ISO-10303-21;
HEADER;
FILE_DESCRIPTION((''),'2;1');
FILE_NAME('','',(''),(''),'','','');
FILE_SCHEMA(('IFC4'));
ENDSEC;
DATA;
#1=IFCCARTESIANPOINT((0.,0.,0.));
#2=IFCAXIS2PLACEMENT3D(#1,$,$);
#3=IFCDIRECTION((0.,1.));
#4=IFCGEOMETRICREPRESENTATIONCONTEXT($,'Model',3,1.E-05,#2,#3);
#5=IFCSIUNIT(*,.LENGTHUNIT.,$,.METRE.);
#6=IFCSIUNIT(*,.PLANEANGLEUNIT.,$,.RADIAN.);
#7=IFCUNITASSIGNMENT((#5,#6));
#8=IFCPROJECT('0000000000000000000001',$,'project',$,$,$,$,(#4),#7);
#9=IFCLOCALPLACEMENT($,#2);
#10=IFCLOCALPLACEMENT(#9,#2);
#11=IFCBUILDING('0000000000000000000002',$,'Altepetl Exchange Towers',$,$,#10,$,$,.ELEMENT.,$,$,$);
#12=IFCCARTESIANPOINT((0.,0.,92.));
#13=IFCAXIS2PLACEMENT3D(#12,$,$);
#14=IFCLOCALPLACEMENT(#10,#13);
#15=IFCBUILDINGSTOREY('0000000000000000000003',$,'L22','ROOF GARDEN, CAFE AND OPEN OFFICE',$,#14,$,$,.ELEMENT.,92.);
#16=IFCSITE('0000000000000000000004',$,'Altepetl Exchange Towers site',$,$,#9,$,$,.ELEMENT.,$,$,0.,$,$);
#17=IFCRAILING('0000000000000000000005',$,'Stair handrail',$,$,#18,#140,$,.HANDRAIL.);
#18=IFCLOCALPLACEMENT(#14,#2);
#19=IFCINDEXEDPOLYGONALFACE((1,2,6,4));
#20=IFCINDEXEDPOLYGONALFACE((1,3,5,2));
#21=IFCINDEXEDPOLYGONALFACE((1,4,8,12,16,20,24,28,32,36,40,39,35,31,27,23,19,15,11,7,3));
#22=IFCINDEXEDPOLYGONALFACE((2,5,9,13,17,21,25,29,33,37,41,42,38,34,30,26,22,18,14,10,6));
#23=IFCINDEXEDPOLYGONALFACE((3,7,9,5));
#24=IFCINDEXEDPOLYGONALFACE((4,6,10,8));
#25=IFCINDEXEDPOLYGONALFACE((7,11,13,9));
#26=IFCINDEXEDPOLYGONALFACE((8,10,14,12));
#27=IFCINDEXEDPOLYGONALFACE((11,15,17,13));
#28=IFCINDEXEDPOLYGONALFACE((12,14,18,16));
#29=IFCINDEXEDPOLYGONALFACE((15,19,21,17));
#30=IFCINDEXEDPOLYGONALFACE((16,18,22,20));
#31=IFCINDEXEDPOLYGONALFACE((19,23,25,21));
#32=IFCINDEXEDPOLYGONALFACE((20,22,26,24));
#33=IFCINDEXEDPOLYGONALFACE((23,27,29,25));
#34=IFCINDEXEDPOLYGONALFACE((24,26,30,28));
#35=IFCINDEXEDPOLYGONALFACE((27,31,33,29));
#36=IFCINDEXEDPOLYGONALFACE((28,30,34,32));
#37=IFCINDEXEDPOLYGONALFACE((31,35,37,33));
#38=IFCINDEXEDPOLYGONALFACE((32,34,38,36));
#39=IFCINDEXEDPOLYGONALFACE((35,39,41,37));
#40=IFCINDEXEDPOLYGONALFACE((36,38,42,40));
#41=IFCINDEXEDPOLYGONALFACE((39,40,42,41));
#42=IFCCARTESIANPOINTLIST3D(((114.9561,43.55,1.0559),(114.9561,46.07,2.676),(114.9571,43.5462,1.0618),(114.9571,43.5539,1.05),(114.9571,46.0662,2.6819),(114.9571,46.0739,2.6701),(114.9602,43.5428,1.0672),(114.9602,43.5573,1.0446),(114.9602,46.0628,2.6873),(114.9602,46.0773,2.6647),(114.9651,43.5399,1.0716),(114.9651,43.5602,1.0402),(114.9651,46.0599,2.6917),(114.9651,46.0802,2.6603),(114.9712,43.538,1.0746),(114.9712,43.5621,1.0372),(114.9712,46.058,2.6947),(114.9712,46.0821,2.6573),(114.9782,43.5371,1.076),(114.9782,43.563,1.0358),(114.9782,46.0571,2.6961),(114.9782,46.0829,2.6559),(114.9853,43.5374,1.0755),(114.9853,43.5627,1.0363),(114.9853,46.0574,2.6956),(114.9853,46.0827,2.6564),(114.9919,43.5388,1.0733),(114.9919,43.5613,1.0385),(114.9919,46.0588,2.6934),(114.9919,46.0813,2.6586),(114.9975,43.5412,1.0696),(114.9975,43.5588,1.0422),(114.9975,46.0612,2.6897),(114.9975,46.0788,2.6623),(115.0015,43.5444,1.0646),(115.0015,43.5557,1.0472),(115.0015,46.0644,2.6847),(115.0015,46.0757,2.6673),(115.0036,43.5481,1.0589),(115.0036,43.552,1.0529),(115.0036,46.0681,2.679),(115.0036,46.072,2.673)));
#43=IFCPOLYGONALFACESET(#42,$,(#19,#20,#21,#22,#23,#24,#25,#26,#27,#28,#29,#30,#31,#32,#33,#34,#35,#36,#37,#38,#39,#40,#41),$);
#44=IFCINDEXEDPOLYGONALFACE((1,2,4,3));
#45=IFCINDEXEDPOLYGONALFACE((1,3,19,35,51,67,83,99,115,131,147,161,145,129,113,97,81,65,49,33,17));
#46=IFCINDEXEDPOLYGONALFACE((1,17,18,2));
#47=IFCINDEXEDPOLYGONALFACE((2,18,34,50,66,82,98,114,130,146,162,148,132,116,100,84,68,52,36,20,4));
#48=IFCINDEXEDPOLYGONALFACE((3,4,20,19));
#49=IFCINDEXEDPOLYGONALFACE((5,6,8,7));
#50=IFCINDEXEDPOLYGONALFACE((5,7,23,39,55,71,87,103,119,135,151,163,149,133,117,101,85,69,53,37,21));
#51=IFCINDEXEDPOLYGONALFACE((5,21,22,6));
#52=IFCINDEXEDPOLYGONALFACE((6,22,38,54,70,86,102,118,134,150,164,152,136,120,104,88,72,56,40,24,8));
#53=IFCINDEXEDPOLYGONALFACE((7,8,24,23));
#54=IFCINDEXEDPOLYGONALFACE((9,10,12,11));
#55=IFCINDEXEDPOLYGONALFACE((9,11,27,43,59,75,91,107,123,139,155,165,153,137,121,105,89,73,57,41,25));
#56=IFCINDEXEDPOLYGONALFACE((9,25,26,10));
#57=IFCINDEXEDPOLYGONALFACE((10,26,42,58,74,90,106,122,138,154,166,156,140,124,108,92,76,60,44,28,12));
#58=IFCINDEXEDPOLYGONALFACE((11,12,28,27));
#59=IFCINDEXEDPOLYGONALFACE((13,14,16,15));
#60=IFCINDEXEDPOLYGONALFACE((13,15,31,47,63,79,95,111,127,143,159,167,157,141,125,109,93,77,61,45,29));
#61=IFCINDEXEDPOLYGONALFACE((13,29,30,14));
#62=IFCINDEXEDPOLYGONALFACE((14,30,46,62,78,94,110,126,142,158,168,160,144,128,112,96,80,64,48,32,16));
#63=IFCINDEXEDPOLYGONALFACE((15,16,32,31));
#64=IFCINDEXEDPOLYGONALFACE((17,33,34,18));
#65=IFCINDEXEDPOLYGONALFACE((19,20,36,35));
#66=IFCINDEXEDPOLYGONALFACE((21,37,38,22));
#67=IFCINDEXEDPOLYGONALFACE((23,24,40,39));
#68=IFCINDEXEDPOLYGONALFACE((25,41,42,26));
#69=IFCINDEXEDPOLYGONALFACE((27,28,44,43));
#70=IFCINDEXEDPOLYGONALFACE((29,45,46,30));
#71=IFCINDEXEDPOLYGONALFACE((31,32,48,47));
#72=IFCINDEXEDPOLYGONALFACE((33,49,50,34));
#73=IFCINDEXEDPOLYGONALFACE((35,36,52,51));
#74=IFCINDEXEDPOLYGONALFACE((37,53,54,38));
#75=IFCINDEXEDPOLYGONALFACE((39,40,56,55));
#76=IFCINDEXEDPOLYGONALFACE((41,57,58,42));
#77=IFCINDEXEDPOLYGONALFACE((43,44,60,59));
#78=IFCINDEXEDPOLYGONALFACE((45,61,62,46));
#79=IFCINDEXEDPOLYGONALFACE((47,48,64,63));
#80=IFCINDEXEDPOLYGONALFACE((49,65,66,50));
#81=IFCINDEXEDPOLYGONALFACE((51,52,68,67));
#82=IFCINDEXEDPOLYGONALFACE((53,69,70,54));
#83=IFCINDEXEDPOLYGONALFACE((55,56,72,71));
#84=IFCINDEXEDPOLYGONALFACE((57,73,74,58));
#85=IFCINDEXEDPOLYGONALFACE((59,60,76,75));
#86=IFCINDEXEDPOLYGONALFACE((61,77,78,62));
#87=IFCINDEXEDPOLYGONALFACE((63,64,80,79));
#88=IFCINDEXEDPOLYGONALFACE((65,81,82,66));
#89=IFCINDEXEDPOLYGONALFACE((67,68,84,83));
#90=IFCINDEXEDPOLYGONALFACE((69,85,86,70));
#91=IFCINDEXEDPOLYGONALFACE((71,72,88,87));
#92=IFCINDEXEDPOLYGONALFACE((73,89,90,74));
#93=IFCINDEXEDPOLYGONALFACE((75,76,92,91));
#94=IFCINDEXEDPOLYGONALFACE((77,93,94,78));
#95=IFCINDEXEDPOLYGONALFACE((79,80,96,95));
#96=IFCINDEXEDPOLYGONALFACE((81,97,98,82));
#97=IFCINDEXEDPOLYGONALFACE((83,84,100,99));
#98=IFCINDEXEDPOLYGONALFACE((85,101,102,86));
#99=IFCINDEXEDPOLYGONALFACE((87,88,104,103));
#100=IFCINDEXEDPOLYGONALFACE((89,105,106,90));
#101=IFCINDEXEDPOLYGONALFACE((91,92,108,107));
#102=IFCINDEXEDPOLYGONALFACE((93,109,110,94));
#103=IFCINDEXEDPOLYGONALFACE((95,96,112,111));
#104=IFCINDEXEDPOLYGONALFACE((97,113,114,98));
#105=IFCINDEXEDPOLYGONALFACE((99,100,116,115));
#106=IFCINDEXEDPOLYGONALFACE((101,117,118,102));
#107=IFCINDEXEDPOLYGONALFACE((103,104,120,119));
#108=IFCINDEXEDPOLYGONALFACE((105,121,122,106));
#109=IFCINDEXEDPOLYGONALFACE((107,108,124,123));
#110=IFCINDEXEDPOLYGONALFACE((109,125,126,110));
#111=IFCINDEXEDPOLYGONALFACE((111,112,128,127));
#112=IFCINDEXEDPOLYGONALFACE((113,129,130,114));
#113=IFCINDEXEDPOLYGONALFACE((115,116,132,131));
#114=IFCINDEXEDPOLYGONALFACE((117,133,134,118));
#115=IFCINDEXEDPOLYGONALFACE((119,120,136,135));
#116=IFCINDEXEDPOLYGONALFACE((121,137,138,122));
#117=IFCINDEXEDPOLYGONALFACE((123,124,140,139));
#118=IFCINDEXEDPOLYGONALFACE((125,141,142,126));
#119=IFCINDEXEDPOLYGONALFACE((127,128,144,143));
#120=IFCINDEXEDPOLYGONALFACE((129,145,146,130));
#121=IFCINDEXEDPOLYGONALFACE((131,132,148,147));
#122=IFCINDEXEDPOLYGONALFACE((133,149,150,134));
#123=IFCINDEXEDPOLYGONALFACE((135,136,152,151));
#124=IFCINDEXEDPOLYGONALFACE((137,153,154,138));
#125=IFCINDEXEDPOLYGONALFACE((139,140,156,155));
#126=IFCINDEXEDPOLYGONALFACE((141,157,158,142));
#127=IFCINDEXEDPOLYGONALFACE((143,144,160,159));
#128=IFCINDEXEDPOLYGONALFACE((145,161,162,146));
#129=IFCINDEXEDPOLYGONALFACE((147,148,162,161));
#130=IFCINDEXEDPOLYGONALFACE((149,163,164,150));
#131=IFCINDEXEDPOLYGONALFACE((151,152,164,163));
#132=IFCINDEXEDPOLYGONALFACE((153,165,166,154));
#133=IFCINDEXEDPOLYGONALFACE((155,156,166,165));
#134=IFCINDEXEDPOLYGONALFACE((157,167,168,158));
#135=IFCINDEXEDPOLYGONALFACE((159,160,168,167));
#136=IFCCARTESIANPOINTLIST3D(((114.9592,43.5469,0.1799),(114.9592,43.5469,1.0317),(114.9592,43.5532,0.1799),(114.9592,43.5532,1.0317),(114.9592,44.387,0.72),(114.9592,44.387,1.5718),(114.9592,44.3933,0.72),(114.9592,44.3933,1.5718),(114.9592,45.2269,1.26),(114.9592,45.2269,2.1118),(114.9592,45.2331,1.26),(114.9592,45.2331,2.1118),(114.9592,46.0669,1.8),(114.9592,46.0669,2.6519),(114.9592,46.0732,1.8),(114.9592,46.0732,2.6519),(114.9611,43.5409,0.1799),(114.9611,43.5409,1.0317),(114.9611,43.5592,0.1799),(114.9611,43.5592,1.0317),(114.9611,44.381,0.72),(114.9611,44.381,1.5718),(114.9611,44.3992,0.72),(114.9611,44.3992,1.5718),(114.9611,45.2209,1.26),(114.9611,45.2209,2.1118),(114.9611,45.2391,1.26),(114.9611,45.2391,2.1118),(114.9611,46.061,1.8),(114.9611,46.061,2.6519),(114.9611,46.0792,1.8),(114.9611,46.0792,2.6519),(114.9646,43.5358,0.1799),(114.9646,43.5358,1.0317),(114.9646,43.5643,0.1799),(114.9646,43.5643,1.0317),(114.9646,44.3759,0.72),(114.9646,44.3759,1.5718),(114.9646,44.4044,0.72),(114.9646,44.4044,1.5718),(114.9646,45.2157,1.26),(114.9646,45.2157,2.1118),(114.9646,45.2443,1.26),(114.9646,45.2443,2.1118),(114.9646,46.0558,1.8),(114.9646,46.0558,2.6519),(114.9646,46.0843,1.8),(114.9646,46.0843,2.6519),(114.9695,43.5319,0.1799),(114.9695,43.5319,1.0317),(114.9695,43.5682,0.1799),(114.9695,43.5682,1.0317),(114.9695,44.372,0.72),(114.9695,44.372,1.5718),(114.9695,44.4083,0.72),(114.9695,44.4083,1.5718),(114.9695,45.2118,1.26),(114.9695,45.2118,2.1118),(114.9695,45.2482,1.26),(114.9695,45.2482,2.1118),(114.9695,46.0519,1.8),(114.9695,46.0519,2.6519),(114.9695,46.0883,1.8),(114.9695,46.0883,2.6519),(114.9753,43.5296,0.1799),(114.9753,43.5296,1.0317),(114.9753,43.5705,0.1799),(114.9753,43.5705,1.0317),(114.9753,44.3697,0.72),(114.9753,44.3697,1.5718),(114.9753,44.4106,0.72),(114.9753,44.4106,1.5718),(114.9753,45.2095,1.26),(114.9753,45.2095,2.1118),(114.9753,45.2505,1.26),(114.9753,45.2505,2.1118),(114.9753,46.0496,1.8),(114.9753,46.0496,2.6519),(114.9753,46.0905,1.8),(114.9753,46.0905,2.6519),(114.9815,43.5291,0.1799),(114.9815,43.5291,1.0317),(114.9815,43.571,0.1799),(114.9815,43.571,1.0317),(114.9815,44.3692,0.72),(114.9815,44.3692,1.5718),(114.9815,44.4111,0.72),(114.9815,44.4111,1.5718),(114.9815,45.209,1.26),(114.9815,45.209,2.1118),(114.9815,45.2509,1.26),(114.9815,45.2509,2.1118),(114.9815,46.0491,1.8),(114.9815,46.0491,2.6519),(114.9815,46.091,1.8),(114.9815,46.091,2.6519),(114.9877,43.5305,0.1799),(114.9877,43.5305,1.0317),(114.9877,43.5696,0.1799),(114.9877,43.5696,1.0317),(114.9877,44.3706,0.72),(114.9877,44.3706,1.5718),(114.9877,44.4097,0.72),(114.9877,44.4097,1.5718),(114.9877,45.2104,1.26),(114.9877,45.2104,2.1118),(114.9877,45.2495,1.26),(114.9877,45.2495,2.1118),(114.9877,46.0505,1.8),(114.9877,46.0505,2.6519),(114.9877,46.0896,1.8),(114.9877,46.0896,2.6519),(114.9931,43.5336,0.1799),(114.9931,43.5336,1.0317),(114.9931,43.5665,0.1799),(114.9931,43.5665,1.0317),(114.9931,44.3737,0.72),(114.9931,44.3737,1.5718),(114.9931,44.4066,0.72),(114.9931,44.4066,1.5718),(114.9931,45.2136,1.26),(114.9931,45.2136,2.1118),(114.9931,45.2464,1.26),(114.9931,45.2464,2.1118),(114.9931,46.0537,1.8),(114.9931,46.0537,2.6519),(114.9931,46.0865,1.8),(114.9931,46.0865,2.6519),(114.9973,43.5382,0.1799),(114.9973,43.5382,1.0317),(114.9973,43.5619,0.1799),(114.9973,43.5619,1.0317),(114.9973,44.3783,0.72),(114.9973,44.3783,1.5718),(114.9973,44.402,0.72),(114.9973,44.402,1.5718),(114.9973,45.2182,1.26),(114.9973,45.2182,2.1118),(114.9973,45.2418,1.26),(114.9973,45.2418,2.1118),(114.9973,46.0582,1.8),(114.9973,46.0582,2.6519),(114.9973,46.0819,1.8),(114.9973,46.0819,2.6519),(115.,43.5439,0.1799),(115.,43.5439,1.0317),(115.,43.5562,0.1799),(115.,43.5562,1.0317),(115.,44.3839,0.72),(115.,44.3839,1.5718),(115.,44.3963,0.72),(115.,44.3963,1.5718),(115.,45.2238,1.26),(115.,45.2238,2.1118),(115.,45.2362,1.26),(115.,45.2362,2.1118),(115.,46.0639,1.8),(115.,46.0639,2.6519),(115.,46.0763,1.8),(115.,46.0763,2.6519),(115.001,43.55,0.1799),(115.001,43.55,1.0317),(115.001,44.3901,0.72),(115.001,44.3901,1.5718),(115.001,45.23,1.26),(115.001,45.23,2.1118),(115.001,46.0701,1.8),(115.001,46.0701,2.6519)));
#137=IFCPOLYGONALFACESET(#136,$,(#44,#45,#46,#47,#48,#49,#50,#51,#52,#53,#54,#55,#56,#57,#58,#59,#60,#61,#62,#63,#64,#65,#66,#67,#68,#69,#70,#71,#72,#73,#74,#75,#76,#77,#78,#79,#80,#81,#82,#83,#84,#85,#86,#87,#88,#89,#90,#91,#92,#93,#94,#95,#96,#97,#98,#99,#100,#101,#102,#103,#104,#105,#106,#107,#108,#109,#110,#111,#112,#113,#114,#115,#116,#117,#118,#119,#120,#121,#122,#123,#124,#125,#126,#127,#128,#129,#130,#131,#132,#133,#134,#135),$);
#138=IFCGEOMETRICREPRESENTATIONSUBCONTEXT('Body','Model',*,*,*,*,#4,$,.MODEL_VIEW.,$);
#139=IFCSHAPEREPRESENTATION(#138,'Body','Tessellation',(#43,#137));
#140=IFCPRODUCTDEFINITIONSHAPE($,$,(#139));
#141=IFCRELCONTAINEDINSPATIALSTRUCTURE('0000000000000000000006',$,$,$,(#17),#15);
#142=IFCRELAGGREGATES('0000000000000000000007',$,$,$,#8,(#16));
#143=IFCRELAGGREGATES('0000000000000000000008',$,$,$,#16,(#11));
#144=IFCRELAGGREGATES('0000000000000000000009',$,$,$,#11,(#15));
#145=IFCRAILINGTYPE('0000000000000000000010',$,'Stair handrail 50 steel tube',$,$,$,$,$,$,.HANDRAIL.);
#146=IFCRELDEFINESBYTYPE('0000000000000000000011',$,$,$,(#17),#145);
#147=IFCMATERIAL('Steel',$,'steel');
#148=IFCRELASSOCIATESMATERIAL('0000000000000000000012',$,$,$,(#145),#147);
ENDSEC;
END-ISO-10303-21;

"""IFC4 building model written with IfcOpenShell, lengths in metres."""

from ifc_helpers import new_model, si_unit, direction, frame, origin, origin_2d, place, context, subcontext, project, spatial, circle, extrude, source, transform, mapped, material, type_object, element, save


model = new_model("IFC4")

# Units and contexts
model_context = context("Model", 3, precision=1e-05, world=origin(), true_north=direction((0.0, 1.0)))
body_context = subcontext(model_context, "Body", "Model", "MODEL_VIEW")
ifc_project = project(units=[si_unit("LENGTHUNIT", "METRE"), si_unit("PLANEANGLEUNIT", "RADIAN")], contexts=[model_context])

# Site, building, storey
site_placement = place(None, origin())
site = spatial("IfcSite", under=ifc_project, at=site_placement, Name="Altepetl Exchange Towers site", CompositionType="ELEMENT", RefElevation=0.0)
building_placement = place(site_placement, origin())
building = spatial("IfcBuilding", under=site, at=building_placement, Name="Altepetl Exchange Towers", CompositionType="ELEMENT")
storey_placement = place(building_placement, frame((0.0, 0.0, 92.0)))
storey = spatial("IfcBuildingStorey", under=building, at=storey_placement, Name="L22", Description="ROOF GARDEN, CAFE AND OPEN OFFICE", CompositionType="ELEMENT", Elevation=92.0)

# Railing
ifc_material_1 = material(Name="Steel", Category="steel")
railing_type = type_object("IfcRailingType", Name="Stair handrail 50 steel tube", PredefinedType="HANDRAIL", material=ifc_material_1)
shared_shape = source(origin(), body_context, "Body", "SweptSolid", [
    extrude(circle(Radius=0.021, at=origin_2d()), origin(), (0.0, 0.0, 1.0), 0.8518),
])
railing_1_placement = place(storey_placement, frame((114.98, 43.55, 0.1799)))
element("IfcRailing", 1, at=railing_1_placement, inside=storey, type_object=railing_type, Name="Stair handrail", PredefinedType="HANDRAIL", context=body_context, shape_type="SweptSolid", body=[
    extrude(circle(Radius=0.0239, at=origin_2d()), frame((0.0, 0.0, 0.876), z_axis=(0.0, 0.841163, 0.540782), x_axis=(-1.0, 0.0, 0.0)), (0.0, 0.0, 1.0), 2.9958),
    mapped(shared_shape, transform((0.0, 0.0, 0.0))),
    mapped(shared_shape, transform((0.0, 0.8401, 0.54))),
    mapped(shared_shape, transform((0.0, 1.6799, 1.0801))),
    mapped(shared_shape, transform((0.0, 2.52, 1.6201))),
])

save(model, "model.ifc")
